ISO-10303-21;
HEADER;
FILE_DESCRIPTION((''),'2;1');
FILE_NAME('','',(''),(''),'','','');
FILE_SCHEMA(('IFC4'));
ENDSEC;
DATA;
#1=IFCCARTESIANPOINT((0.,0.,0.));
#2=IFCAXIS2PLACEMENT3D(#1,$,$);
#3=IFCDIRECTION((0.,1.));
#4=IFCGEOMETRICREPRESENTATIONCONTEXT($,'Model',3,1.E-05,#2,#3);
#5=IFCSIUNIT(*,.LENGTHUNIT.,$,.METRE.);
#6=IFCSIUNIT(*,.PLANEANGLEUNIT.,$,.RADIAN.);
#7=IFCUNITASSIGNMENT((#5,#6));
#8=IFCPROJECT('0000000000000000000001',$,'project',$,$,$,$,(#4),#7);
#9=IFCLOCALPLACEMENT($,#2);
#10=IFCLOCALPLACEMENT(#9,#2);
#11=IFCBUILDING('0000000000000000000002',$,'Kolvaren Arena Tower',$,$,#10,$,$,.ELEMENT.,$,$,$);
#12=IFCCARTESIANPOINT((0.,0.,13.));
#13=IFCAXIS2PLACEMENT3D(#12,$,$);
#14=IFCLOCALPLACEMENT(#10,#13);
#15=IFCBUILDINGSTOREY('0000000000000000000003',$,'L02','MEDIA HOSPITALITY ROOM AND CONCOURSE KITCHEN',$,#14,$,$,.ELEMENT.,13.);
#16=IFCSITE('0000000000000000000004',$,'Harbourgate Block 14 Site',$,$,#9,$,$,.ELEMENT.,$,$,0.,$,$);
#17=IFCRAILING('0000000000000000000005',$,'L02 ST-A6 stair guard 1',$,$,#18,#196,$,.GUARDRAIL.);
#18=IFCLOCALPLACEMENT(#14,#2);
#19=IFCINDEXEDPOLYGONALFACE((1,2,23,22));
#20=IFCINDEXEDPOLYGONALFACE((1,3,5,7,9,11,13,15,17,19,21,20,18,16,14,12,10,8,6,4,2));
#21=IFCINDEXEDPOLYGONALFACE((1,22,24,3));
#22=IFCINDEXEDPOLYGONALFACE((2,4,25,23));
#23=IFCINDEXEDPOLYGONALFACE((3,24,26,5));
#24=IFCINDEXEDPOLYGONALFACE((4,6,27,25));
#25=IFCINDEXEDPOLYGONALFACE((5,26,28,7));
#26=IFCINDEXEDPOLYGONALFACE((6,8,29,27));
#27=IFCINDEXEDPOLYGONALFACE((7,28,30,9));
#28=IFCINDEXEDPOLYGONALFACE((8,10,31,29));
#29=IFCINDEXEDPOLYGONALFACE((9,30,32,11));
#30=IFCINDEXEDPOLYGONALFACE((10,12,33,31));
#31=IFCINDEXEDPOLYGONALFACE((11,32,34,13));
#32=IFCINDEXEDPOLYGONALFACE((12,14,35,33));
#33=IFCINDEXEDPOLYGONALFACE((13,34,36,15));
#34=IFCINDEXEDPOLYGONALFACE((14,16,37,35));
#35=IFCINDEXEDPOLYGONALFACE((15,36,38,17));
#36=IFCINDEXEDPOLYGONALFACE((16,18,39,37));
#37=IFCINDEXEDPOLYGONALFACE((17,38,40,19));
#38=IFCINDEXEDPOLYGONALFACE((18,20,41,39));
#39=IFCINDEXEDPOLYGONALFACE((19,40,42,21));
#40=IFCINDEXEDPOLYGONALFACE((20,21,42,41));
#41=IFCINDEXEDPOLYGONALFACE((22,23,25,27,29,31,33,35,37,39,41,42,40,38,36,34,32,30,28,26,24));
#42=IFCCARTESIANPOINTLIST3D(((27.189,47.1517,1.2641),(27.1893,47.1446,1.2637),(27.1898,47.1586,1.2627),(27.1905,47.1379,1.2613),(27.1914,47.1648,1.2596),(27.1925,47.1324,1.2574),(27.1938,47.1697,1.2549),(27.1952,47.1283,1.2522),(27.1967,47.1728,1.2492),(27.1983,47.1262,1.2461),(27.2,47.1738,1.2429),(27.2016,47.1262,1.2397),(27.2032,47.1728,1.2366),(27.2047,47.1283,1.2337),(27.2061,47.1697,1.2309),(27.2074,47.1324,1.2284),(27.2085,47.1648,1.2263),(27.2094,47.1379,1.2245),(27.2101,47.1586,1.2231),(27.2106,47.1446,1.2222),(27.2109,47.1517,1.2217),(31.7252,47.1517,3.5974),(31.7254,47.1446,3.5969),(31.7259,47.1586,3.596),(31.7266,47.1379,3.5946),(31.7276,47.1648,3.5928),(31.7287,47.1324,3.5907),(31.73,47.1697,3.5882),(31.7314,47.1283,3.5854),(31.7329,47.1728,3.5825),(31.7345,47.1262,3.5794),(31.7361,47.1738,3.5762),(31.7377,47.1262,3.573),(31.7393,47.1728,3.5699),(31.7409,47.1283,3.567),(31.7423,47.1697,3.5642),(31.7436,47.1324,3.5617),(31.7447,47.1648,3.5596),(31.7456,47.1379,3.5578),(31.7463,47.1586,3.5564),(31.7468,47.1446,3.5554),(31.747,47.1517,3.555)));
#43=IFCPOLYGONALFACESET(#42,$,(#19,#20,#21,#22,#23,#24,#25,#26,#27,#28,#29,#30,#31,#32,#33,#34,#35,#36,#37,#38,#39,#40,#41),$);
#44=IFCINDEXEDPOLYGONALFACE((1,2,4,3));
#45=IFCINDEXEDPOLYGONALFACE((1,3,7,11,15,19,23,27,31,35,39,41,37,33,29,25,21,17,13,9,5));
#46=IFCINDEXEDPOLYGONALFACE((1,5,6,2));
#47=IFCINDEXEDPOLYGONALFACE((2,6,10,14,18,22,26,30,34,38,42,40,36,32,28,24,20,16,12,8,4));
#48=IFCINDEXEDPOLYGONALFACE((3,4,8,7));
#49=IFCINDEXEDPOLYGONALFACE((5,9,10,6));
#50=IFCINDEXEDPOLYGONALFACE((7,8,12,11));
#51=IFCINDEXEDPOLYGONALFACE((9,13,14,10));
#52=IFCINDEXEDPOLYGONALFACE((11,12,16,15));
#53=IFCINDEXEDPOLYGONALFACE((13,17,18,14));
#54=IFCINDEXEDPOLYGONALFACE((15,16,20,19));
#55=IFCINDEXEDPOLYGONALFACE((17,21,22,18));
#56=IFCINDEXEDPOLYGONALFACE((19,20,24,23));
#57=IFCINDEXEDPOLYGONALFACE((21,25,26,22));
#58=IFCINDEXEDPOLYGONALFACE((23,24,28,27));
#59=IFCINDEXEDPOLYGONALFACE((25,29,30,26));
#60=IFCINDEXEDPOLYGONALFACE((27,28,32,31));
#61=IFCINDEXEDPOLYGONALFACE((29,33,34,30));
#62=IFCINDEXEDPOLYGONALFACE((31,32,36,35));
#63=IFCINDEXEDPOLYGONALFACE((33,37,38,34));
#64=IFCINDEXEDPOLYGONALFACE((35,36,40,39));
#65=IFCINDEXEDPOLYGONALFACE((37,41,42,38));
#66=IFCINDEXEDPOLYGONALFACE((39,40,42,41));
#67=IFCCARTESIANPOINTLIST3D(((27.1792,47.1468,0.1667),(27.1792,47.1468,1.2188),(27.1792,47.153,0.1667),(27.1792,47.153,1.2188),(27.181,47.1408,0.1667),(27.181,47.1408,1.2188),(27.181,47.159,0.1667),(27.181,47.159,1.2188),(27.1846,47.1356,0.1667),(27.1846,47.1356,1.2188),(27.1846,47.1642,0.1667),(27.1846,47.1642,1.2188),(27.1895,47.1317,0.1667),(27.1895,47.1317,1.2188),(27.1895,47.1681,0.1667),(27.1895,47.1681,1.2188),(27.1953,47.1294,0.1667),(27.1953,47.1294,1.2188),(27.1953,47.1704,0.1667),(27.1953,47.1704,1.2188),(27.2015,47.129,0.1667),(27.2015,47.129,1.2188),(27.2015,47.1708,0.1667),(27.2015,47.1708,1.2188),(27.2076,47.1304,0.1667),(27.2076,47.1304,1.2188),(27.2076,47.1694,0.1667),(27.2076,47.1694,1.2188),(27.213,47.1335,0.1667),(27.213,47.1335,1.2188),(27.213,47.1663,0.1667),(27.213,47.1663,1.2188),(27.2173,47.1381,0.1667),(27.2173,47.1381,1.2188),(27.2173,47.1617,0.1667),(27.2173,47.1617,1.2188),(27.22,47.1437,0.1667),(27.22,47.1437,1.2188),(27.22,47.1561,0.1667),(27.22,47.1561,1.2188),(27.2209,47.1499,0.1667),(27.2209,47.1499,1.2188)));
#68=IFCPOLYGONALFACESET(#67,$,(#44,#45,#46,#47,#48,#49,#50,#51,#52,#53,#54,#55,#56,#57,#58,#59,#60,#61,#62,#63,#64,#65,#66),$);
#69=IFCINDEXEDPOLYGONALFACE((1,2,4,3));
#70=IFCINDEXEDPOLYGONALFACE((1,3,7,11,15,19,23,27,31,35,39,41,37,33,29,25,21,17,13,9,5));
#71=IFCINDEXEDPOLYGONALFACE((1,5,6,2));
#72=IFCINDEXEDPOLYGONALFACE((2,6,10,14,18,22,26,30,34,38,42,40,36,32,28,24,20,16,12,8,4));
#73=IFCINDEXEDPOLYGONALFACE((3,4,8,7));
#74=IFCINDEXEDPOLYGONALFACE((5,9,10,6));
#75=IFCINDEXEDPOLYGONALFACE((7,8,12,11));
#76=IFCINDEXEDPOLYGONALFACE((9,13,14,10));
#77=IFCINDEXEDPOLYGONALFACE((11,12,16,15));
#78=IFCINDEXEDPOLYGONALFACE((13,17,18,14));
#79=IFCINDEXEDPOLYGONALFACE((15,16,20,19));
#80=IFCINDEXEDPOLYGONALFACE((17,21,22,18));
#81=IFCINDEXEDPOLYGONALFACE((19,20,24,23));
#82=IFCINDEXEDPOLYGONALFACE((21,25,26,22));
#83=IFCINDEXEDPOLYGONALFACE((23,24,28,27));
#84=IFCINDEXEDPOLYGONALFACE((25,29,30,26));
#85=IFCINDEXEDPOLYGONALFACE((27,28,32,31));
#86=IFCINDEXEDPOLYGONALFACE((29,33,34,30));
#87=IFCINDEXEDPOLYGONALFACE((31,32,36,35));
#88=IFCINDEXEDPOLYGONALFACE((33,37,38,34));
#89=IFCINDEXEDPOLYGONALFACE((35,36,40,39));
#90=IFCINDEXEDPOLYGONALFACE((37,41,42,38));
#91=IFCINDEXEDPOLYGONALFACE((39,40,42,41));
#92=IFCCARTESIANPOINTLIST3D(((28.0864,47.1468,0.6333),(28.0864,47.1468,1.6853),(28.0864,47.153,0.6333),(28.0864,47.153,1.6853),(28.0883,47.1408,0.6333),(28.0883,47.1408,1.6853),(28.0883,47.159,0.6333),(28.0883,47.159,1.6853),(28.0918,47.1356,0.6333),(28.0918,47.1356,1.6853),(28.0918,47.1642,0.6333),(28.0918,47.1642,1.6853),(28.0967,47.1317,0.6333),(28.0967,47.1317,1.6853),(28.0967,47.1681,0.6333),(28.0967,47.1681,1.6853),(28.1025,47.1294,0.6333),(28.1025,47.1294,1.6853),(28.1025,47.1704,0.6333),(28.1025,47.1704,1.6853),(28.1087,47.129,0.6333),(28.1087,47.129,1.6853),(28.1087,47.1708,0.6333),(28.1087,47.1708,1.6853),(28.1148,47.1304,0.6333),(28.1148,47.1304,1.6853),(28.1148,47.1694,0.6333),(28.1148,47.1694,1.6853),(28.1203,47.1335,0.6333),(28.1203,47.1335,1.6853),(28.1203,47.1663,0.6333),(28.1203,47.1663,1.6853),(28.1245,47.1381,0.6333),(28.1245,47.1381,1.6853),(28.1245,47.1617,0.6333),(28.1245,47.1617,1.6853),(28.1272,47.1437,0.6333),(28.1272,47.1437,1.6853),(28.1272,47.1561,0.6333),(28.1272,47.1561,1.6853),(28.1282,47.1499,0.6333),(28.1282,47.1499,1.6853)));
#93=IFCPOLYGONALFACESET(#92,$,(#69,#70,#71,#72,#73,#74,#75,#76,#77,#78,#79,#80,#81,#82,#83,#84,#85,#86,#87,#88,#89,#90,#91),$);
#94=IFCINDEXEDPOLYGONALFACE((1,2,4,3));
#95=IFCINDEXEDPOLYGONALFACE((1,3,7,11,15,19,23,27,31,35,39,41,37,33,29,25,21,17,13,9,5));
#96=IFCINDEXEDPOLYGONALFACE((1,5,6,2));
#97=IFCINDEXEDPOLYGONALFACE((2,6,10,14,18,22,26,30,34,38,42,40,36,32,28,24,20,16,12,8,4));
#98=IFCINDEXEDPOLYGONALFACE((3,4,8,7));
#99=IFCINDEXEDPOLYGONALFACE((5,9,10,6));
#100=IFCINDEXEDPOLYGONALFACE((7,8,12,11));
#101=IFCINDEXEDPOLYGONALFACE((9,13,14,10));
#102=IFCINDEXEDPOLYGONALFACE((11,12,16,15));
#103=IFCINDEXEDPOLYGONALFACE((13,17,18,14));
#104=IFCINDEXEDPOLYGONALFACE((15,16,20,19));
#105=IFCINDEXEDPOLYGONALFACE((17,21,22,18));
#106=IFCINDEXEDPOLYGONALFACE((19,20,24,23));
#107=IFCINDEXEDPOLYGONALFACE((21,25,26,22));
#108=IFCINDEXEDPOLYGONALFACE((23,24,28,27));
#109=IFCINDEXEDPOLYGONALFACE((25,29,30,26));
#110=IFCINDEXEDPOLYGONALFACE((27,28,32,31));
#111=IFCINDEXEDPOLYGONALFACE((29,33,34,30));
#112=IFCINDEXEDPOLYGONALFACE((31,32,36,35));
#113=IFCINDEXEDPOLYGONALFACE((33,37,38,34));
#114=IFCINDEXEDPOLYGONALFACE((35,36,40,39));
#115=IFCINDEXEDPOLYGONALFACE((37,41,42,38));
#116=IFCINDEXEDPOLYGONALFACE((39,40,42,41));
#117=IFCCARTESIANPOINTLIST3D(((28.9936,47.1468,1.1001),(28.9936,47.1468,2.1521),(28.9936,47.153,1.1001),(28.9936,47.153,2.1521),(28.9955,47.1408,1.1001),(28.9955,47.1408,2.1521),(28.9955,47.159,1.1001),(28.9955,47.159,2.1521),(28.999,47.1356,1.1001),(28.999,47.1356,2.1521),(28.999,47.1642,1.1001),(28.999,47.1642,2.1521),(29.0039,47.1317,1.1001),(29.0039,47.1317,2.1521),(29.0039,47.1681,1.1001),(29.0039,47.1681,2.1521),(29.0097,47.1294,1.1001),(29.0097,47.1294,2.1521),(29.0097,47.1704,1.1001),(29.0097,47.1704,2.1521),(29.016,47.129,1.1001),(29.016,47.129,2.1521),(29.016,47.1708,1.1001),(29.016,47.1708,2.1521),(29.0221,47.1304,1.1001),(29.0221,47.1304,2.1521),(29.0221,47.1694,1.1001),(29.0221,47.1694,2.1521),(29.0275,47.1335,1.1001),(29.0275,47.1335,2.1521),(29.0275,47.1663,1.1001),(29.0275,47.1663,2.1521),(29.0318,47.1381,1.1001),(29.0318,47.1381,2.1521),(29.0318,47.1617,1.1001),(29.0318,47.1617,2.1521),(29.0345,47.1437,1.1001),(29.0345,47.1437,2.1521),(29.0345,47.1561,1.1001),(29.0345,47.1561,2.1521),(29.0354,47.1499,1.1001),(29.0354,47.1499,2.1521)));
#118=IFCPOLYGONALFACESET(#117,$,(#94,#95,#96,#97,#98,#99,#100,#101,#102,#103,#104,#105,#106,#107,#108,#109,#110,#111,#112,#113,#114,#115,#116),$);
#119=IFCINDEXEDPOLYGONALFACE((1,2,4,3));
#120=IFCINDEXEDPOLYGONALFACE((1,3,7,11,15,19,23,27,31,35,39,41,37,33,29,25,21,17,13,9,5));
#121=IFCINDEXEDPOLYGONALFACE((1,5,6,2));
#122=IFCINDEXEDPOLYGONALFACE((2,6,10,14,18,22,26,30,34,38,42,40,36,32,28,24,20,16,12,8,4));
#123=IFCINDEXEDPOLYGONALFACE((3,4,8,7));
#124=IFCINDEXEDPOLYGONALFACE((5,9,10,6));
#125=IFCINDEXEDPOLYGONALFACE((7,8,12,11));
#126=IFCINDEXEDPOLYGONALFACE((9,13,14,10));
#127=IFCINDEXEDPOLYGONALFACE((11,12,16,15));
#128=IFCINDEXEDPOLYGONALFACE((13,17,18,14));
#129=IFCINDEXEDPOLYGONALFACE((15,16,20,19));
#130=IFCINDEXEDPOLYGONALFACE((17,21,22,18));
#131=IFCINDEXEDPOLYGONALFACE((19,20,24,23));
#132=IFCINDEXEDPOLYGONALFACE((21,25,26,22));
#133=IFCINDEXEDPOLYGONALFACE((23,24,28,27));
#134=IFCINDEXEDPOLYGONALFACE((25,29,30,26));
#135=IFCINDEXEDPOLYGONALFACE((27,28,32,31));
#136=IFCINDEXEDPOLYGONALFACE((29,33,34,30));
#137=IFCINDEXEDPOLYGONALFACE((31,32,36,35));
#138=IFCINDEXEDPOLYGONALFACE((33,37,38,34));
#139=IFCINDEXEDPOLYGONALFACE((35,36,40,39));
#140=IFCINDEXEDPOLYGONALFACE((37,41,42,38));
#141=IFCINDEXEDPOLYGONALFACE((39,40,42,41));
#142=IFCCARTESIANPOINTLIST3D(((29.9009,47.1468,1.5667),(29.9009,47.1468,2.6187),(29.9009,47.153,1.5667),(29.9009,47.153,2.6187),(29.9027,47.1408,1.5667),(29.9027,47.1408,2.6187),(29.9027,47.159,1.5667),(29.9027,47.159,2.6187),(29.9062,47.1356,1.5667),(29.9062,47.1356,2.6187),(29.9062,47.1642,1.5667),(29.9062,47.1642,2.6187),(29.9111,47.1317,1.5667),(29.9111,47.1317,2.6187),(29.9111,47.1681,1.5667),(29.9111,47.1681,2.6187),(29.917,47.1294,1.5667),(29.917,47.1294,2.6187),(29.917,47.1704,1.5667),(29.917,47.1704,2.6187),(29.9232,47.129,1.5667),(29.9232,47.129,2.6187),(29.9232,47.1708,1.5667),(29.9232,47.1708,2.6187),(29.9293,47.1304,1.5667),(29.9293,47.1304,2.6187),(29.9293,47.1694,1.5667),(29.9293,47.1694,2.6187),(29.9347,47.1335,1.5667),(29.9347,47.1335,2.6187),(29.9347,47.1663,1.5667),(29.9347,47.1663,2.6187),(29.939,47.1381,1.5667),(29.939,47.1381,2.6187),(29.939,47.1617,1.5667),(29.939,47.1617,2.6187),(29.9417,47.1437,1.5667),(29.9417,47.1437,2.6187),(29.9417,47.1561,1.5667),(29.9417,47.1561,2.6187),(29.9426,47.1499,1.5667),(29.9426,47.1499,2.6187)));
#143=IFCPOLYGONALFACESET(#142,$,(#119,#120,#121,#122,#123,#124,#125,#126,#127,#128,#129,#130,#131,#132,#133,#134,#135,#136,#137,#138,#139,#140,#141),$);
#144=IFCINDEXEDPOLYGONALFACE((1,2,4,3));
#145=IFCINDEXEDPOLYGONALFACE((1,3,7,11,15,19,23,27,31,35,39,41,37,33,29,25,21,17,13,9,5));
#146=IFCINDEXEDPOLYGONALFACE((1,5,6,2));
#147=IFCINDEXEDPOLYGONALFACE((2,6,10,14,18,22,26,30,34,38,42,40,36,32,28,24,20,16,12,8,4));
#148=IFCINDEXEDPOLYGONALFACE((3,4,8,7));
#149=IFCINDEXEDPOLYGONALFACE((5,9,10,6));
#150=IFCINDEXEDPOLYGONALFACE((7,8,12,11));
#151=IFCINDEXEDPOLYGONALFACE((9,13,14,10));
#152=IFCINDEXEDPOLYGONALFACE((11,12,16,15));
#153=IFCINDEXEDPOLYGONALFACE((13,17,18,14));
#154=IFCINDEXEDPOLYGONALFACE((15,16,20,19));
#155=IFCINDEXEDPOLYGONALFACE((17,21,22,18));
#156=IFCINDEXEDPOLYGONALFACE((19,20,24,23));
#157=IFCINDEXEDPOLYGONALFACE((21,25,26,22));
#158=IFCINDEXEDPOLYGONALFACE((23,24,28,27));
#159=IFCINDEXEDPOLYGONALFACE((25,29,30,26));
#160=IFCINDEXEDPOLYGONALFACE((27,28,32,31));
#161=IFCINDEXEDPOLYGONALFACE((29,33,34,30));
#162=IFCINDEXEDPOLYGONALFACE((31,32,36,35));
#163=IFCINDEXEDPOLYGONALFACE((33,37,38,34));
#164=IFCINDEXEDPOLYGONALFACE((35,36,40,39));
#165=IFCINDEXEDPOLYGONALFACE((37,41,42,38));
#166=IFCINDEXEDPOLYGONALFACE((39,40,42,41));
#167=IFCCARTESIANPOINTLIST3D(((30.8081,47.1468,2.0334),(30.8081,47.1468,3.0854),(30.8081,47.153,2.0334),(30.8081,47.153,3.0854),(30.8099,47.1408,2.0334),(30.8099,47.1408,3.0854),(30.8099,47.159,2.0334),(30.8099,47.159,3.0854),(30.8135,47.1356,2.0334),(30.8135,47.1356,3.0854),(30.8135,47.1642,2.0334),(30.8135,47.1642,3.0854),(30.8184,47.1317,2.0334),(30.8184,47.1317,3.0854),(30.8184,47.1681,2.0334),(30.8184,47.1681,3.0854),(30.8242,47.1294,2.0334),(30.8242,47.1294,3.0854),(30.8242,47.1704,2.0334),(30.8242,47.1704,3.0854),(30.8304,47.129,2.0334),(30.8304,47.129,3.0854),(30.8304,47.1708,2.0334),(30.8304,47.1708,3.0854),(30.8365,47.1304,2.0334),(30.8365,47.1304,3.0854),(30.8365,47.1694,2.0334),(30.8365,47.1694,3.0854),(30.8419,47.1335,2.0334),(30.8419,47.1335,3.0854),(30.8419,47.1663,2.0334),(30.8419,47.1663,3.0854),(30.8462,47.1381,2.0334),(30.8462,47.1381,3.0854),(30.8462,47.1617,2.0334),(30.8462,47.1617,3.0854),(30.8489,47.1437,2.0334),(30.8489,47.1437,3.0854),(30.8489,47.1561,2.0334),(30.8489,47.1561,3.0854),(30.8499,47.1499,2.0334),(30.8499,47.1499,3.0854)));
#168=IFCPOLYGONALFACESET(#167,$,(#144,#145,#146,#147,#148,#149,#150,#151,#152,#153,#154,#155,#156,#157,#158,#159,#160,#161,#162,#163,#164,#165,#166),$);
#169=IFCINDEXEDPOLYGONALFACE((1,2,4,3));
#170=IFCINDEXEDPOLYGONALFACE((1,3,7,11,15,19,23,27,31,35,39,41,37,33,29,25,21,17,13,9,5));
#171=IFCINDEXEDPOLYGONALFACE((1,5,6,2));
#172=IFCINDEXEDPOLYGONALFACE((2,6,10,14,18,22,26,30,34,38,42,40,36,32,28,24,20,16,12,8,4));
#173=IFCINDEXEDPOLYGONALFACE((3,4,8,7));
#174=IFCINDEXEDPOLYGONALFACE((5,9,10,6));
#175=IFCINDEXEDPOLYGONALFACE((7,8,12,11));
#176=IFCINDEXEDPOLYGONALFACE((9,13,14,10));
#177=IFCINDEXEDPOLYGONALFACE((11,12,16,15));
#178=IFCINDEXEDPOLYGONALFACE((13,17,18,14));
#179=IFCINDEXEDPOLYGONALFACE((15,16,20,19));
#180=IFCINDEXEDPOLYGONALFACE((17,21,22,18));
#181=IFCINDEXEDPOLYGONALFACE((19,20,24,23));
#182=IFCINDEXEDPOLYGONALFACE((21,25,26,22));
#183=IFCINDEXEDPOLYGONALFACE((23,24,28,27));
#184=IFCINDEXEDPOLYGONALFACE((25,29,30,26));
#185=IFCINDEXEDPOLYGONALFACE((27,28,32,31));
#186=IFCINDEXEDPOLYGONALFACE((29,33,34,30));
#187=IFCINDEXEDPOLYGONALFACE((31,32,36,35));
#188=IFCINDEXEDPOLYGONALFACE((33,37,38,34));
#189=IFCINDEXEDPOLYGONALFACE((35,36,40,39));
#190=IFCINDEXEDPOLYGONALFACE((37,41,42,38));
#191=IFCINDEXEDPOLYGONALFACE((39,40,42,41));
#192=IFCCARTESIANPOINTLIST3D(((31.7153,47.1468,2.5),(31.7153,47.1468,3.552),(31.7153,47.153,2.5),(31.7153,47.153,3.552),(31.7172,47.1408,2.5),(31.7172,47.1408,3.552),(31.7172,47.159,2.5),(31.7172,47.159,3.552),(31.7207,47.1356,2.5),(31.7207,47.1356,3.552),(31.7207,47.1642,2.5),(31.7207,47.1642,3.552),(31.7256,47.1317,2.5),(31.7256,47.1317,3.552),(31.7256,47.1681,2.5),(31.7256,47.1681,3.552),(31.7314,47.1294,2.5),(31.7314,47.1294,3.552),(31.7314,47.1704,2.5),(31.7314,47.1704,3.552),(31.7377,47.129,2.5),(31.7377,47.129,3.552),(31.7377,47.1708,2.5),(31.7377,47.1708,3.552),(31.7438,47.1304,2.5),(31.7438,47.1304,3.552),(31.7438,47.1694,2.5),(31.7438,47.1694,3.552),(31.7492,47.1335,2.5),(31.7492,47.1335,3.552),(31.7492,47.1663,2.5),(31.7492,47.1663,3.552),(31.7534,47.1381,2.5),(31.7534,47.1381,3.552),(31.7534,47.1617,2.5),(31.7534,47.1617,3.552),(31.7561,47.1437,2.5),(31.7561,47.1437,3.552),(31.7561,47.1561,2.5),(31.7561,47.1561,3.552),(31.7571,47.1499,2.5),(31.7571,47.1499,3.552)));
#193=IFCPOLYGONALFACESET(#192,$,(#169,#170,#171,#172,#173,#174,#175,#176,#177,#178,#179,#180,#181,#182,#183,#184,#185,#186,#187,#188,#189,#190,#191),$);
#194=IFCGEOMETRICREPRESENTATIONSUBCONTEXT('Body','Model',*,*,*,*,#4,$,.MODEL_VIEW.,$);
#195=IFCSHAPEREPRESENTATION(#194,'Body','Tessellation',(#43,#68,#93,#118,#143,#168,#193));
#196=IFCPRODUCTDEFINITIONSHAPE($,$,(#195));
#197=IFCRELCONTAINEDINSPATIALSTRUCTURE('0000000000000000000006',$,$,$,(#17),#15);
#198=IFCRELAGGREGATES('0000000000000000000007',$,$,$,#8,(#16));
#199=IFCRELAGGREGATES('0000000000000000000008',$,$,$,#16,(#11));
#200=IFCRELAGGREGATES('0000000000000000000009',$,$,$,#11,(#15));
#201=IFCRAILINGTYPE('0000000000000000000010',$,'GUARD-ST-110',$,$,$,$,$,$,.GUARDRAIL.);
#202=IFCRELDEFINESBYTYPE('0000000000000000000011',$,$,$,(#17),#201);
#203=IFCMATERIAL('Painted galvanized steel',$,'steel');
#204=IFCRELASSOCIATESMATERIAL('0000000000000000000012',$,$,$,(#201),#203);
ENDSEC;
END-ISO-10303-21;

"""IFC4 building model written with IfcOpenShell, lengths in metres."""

from ifc_helpers import new_model, si_unit, direction, frame, origin, origin_2d, place, context, subcontext, project, spatial, circle, extrude, material, type_object, element, save


model = new_model("IFC4")

# Units and contexts
model_context = context("Model", 3, precision=1e-05, world=origin(), true_north=direction((0.0, 1.0)))
body_context = subcontext(model_context, "Body", "Model", "MODEL_VIEW")
ifc_project = project(units=[si_unit("LENGTHUNIT", "METRE"), si_unit("PLANEANGLEUNIT", "RADIAN")], contexts=[model_context])

# Site, building, storey
site_placement = place(None, origin())
site = spatial("IfcSite", under=ifc_project, at=site_placement, Name="Harbourgate Block 14 Site", CompositionType="ELEMENT", RefElevation=0.0)
building_placement = place(site_placement, origin())
building = spatial("IfcBuilding", under=site, at=building_placement, Name="Kolvaren Arena Tower", CompositionType="ELEMENT")
storey_placement = place(building_placement, frame((0.0, 0.0, 13.0)))
storey = spatial("IfcBuildingStorey", under=building, at=storey_placement, Name="L02", Description="MEDIA HOSPITALITY ROOM AND CONCOURSE KITCHEN", CompositionType="ELEMENT", Elevation=13.0)

# Railing
ifc_material_1 = material(Name="Painted galvanized steel", Category="steel")
railing_type_1 = type_object("IfcRailingType", Name="GUARD-ST-110", PredefinedType="GUARDRAIL", material=ifc_material_1)
railing_1_placement = place(storey_placement, frame((27.2, 47.1499, 0.1667)))
element("IfcRailing", 1, at=railing_1_placement, inside=storey, type_object=railing_type_1, Name="L02 ST-A6 stair guard 1", PredefinedType="GUARDRAIL", context=body_context, shape_type="SweptSolid", body=[
    extrude(circle(Radius=0.0239, at=origin_2d()), frame((0.0, 0.0, 1.0762), z_axis=(0.889257, 0.0, 0.457407), x_axis=(0.0, 1.0, 0.0)), (0.0, 0.0, 1.0), 5.1011),
    extrude(circle(Radius=0.021, at=origin_2d()), origin(), (0.0, 0.0, 1.0), 1.052),
    extrude(circle(Radius=0.021, at=origin_2d()), frame((0.9072, 0.0, 0.4666)), (0.0, 0.0, 1.0), 1.052),
    extrude(circle(Radius=0.021, at=origin_2d()), frame((1.8145, 0.0, 0.9333)), (0.0, 0.0, 1.0), 1.052),
    extrude(circle(Radius=0.021, at=origin_2d()), frame((2.7217, 0.0, 1.3999)), (0.0, 0.0, 1.0), 1.052),
    extrude(circle(Radius=0.021, at=origin_2d()), frame((3.6289, 0.0, 1.8667)), (0.0, 0.0, 1.0), 1.052),
    extrude(circle(Radius=0.021, at=origin_2d()), frame((4.5361, 0.0, 2.3333)), (0.0, 0.0, 1.0), 1.052),
])

save(model, "model.ifc")
